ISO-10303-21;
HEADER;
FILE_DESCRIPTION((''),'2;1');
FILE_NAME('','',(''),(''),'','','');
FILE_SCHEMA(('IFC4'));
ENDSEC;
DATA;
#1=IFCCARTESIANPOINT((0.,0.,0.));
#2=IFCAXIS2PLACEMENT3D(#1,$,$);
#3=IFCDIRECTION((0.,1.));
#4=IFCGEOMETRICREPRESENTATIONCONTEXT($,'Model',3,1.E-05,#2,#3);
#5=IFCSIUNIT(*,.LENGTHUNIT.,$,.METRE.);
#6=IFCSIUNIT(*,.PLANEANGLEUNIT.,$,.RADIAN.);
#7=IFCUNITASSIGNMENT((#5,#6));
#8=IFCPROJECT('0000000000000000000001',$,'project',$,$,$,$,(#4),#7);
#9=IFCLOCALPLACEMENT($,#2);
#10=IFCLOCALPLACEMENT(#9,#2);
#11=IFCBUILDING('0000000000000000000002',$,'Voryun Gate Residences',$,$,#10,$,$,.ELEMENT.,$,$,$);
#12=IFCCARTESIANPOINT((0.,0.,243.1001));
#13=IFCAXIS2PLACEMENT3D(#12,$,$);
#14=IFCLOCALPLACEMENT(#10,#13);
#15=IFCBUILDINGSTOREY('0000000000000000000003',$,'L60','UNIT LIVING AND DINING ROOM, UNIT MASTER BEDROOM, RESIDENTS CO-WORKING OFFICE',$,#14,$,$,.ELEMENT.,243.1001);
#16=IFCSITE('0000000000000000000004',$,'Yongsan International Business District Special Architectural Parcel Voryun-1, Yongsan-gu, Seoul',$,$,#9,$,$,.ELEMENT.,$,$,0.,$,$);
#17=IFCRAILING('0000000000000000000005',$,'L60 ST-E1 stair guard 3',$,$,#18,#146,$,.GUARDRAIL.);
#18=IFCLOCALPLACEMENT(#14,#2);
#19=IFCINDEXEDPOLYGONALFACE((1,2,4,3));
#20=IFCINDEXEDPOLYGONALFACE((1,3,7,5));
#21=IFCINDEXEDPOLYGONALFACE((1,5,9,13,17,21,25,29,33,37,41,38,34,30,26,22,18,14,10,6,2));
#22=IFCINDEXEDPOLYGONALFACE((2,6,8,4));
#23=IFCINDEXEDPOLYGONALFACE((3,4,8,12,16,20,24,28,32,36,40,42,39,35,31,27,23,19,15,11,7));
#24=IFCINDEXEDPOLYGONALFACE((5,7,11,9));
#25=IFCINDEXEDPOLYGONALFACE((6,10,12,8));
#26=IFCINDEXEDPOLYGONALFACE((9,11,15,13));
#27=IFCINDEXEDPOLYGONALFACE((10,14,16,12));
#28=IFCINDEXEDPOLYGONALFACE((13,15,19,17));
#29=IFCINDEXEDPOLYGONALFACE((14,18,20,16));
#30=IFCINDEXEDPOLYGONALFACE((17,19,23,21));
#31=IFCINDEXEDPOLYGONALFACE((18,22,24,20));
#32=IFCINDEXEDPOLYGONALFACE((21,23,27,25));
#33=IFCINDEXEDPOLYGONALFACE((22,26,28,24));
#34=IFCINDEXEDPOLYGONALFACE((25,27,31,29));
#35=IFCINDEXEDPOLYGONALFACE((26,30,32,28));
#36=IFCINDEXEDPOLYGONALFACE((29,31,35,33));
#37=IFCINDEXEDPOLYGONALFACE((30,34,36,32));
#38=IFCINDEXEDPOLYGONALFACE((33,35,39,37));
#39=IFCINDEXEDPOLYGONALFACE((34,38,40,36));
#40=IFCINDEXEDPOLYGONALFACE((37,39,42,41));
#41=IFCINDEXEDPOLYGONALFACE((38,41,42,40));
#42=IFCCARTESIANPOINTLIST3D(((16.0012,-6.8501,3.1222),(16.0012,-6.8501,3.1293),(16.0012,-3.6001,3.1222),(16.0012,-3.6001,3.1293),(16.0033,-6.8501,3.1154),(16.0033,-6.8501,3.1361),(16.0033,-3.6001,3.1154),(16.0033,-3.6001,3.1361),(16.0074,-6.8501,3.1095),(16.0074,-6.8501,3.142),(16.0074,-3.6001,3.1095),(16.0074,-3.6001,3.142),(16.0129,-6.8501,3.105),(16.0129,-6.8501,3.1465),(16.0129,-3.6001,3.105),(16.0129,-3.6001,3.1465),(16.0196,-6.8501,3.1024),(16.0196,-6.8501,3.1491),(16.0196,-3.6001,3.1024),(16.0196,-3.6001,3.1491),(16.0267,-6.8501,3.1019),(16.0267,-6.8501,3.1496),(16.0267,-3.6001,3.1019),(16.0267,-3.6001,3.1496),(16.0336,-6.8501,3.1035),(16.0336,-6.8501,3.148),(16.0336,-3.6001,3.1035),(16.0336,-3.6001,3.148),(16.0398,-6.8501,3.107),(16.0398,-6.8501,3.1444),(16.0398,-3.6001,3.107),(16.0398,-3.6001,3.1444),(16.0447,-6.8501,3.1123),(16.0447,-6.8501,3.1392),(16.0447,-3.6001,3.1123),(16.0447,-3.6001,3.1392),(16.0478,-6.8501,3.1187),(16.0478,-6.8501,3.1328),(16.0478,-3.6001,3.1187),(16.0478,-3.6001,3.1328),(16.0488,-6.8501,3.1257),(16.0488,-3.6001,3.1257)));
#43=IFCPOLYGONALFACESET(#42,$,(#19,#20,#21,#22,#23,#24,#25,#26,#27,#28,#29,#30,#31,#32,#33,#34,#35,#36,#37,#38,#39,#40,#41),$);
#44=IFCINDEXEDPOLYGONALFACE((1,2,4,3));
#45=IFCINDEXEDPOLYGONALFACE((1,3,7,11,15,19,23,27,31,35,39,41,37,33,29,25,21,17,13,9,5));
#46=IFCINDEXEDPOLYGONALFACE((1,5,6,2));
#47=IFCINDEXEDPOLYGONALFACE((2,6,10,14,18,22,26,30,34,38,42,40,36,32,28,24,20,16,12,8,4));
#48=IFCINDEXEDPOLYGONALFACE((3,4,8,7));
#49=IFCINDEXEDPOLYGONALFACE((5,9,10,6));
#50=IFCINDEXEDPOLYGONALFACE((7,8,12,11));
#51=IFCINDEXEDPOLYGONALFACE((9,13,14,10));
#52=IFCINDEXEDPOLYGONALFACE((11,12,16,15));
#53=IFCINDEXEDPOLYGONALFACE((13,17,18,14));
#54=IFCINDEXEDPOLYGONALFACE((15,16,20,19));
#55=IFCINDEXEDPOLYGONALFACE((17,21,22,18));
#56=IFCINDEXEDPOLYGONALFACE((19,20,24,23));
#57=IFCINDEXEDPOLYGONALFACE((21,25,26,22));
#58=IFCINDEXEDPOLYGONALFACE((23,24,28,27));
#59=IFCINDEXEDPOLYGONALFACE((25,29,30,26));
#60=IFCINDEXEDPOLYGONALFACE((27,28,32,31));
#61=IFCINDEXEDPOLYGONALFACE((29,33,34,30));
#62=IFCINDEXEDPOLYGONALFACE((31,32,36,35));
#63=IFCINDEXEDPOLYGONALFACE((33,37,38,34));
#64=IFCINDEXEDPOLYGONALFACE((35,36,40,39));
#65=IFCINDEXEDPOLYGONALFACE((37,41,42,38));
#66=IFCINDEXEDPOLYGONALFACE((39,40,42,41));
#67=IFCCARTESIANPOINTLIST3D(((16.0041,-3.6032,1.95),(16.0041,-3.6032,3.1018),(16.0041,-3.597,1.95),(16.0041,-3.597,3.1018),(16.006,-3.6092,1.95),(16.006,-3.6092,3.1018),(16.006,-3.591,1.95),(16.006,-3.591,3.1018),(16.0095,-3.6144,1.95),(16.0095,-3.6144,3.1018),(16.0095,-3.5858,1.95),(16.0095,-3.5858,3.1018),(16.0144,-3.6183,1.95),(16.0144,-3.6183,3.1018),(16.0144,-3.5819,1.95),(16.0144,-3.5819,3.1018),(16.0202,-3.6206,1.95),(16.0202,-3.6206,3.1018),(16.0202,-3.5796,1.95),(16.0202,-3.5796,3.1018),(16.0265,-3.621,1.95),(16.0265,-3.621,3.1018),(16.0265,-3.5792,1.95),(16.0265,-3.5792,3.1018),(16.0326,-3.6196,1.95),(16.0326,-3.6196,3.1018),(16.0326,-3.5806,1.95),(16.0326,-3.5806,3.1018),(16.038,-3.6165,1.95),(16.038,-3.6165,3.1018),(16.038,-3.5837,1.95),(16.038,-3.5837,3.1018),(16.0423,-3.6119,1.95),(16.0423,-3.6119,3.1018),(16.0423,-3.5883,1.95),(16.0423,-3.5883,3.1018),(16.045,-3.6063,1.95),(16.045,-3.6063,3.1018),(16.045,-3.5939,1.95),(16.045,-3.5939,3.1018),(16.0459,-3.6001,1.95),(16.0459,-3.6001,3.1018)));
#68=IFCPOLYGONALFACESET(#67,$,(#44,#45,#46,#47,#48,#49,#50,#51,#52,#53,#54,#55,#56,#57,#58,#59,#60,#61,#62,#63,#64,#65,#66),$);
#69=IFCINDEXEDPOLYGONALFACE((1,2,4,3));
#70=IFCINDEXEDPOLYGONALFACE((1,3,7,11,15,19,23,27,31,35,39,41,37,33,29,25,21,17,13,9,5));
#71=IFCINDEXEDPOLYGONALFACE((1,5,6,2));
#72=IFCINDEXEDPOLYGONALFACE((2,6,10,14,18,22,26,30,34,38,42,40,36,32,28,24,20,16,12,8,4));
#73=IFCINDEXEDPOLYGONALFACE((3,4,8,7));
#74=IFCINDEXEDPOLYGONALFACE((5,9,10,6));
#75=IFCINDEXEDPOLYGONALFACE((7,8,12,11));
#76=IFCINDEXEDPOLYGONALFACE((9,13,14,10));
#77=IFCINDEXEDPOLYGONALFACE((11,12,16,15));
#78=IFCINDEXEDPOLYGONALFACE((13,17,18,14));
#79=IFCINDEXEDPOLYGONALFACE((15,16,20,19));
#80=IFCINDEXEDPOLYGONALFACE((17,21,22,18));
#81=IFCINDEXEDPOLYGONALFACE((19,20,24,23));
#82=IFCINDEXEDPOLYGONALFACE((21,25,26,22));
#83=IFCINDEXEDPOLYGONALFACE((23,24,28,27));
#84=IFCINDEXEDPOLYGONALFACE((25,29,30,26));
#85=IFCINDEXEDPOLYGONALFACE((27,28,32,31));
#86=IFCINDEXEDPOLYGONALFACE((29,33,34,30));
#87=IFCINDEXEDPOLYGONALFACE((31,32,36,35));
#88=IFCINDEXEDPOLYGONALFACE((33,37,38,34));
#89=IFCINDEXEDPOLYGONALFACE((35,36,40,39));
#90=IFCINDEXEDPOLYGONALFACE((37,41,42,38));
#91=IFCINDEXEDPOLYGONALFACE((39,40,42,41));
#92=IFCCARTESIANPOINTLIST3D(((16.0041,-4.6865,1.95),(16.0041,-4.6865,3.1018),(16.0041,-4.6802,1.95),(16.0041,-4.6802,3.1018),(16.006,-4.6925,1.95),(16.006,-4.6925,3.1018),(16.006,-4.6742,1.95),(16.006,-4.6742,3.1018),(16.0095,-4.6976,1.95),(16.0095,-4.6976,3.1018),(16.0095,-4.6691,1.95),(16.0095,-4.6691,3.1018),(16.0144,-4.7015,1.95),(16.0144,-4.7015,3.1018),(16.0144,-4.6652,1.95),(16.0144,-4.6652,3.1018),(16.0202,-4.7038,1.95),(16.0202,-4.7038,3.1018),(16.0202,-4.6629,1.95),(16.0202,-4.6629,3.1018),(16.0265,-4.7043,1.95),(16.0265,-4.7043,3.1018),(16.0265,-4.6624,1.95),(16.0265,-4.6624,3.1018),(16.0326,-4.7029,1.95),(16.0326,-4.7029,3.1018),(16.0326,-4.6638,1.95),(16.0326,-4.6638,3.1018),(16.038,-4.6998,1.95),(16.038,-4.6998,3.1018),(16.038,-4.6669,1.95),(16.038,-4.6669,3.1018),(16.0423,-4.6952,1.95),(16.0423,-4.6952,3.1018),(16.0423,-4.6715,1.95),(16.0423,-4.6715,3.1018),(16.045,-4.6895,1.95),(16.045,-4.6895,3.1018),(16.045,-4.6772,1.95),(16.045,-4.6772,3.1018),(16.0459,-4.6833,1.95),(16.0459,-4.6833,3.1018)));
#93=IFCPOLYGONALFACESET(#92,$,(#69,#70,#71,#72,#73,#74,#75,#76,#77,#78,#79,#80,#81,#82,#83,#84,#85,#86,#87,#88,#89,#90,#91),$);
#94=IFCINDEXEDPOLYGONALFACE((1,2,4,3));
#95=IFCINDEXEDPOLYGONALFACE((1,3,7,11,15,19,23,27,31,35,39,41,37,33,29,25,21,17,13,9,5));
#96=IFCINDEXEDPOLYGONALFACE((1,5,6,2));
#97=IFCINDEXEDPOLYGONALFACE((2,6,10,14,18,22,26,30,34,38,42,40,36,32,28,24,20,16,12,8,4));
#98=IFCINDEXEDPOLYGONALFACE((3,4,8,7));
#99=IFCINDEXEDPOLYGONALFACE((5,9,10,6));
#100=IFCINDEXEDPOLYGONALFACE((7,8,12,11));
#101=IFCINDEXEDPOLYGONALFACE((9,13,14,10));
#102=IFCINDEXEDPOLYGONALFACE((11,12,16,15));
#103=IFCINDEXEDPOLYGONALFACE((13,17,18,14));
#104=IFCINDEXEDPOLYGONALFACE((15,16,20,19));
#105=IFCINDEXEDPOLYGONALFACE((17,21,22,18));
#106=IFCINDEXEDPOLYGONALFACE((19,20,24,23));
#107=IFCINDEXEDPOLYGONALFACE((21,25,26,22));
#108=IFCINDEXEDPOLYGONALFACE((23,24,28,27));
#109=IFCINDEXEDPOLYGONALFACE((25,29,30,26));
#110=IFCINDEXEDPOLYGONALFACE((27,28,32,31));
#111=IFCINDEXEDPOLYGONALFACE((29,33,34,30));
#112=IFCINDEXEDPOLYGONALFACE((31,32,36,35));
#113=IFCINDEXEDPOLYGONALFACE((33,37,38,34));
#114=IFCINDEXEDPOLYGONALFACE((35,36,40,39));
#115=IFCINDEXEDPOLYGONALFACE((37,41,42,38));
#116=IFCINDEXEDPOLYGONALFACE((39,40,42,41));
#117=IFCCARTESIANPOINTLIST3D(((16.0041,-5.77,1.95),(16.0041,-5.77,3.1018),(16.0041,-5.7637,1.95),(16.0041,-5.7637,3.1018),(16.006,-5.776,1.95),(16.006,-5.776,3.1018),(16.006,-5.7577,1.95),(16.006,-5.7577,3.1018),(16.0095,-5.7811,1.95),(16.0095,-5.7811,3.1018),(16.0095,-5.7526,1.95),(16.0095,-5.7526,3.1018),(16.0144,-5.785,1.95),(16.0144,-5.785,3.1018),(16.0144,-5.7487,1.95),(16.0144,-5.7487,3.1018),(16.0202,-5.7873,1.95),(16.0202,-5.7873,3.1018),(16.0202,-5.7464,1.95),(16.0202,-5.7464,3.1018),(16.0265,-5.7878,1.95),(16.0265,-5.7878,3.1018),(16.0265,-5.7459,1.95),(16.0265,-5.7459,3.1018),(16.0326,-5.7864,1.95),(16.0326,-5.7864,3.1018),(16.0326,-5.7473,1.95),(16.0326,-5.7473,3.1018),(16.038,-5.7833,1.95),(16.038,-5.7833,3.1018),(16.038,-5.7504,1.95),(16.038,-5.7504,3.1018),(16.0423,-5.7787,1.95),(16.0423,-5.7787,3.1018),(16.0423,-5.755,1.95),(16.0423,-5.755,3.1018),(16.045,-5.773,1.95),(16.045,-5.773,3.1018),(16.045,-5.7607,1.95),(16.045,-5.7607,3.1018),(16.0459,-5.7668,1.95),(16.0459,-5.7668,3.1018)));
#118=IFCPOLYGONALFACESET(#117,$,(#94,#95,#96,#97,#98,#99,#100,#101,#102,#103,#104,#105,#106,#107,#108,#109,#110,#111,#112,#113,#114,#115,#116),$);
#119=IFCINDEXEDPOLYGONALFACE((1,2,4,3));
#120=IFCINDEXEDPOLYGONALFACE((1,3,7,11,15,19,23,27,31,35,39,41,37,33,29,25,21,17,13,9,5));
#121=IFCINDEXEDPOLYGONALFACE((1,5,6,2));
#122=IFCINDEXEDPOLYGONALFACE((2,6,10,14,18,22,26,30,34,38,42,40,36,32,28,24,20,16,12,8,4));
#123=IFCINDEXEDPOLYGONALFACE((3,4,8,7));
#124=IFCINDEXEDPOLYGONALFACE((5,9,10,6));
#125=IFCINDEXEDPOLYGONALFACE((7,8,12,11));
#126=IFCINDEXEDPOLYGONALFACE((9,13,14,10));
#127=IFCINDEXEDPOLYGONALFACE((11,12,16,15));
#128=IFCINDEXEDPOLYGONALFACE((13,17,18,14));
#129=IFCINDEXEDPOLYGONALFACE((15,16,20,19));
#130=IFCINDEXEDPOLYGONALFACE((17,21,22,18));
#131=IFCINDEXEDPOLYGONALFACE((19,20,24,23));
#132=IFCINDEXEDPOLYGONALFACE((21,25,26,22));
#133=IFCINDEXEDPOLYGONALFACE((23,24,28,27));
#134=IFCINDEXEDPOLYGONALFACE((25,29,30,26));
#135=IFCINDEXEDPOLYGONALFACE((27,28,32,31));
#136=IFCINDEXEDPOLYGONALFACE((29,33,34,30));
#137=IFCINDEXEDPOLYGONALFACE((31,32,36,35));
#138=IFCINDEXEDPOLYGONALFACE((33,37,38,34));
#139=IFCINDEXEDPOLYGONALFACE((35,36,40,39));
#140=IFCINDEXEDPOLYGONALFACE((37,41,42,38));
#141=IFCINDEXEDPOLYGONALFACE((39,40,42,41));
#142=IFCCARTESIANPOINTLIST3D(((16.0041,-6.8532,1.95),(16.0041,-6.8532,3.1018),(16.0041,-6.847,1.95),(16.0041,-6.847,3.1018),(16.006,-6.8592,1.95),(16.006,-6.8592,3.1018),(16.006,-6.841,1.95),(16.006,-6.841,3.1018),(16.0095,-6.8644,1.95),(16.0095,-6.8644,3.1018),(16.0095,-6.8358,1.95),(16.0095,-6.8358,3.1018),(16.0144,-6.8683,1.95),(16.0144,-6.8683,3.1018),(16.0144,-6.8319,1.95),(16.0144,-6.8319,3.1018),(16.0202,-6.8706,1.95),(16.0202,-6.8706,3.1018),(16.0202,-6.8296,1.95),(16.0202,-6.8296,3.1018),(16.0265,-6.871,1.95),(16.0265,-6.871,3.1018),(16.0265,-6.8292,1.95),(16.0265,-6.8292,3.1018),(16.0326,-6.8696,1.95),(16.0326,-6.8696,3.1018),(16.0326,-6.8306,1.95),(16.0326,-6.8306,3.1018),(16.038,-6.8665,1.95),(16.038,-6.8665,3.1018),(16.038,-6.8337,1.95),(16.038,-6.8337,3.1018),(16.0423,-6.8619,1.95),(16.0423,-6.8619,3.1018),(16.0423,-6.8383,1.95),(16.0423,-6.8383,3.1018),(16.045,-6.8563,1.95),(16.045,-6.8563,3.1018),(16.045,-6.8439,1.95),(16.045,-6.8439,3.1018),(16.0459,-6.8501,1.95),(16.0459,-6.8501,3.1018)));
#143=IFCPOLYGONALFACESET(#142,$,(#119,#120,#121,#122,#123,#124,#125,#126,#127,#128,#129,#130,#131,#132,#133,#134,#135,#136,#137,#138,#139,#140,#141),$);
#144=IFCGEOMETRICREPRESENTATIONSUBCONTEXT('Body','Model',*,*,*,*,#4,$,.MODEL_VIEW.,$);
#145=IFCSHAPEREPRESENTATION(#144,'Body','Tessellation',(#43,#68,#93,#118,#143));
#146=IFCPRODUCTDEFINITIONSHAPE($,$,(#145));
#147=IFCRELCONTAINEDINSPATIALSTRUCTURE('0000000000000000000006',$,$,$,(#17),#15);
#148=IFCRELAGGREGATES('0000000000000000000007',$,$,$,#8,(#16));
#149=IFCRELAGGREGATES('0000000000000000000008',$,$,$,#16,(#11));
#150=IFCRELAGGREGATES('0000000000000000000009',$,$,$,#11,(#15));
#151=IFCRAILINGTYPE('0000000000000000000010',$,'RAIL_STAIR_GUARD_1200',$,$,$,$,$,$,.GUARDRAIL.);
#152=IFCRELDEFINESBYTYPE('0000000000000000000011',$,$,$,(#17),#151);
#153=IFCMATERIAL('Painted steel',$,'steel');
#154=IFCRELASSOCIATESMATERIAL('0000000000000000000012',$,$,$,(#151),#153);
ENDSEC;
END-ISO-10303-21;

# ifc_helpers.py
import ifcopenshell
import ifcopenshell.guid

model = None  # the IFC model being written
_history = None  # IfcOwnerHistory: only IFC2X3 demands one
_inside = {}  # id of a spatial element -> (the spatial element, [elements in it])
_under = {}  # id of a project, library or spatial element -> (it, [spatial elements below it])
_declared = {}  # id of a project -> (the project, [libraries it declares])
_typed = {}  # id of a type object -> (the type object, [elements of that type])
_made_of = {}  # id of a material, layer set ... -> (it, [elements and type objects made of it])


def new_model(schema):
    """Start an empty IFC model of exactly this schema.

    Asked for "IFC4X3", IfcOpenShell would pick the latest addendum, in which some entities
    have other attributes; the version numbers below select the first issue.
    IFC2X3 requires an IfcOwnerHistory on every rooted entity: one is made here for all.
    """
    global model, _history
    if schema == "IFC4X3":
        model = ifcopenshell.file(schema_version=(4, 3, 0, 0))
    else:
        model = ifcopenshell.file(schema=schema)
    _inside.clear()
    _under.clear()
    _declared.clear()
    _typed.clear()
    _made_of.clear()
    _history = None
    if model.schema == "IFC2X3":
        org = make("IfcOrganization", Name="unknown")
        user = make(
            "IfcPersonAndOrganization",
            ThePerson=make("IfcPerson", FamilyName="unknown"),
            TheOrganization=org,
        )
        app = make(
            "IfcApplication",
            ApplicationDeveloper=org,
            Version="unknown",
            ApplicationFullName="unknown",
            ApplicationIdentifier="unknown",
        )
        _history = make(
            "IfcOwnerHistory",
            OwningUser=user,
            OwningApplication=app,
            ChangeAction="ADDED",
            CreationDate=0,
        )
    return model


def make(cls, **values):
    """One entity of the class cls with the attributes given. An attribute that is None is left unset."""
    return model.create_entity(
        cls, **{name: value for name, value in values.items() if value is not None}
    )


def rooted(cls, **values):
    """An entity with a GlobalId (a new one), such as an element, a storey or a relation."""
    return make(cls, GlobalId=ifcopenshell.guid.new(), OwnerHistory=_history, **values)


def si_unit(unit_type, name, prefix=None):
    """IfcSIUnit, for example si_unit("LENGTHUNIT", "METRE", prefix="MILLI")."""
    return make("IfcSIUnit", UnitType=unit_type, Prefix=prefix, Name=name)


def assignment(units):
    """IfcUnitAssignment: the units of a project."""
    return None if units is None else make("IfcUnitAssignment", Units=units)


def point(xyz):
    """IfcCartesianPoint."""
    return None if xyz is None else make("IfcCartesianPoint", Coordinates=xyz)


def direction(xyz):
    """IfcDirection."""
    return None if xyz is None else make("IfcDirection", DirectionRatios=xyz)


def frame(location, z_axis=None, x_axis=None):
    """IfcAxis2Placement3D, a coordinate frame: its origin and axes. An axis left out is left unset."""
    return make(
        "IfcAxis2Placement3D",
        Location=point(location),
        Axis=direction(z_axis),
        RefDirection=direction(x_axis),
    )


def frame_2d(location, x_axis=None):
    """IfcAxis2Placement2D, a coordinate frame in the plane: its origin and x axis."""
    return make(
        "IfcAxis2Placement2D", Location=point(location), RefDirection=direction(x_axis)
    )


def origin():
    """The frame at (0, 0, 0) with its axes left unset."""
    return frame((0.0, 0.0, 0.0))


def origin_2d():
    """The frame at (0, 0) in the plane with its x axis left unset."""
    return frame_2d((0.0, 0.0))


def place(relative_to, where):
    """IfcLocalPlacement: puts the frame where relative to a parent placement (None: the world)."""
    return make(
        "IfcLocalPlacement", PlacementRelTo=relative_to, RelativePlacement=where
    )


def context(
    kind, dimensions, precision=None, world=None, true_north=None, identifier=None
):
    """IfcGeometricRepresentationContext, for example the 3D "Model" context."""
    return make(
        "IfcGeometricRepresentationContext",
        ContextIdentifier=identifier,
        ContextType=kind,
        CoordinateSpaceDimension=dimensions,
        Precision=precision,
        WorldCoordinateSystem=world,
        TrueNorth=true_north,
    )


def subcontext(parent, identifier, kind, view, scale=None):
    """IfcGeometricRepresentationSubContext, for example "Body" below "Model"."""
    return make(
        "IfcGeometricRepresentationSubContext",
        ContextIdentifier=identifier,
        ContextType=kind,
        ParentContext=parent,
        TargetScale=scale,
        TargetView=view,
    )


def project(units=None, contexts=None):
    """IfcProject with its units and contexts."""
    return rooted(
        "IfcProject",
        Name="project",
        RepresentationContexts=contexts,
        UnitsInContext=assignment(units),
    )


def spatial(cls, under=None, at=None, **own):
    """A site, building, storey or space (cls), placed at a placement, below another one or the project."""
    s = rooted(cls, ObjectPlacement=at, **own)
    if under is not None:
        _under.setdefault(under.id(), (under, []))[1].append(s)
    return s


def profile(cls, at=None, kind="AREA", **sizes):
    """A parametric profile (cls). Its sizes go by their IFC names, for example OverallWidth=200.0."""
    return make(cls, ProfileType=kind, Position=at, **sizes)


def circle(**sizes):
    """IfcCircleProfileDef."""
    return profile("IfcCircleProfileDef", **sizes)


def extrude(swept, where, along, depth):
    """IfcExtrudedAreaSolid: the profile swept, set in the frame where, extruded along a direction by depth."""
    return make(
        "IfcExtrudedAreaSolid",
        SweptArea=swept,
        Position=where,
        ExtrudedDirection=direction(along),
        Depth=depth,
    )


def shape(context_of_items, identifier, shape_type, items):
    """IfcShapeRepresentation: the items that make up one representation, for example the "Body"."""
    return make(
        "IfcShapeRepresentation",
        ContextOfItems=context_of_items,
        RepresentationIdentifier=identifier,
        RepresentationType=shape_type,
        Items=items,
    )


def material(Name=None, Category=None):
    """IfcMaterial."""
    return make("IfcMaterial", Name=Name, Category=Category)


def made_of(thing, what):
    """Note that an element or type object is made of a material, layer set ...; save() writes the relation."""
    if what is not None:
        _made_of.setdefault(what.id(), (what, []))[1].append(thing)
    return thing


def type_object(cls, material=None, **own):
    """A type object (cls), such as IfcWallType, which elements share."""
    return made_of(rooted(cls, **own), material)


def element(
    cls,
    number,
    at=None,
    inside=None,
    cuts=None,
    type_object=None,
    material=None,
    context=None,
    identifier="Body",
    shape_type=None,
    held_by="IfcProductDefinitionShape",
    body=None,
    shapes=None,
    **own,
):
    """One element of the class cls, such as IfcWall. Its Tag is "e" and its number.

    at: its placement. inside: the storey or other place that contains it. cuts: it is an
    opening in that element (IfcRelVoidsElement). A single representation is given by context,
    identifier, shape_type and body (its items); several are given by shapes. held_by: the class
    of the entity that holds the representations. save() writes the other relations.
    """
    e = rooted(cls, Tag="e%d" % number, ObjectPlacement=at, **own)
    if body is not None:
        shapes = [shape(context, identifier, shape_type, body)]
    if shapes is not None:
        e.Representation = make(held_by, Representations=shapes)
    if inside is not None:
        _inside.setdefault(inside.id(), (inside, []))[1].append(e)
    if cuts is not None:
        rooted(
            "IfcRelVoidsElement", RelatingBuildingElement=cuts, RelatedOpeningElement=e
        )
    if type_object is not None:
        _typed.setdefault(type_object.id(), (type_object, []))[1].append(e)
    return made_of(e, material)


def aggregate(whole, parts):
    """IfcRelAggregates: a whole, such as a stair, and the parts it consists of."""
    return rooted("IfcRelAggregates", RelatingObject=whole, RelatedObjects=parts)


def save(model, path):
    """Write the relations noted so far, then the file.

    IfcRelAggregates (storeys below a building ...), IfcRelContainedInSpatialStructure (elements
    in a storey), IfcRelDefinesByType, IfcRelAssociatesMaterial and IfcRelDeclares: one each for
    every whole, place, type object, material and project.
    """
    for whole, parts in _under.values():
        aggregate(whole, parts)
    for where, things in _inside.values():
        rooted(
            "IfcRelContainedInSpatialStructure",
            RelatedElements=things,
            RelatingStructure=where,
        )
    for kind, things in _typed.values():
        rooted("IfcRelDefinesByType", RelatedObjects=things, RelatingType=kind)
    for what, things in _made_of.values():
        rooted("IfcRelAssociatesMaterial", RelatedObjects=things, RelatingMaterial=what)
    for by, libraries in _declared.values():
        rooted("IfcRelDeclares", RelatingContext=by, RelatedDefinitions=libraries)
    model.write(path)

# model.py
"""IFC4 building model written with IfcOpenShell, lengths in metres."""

from ifc_helpers import new_model, si_unit, direction, frame, origin, origin_2d, place, context, subcontext, project, spatial, circle, extrude, material, type_object, element, save


model = new_model("IFC4")

# Units and contexts
model_context = context("Model", 3, precision=1e-05, world=origin(), true_north=direction((0.0, 1.0)))
body_context = subcontext(model_context, "Body", "Model", "MODEL_VIEW")
ifc_project = project(units=[si_unit("LENGTHUNIT", "METRE"), si_unit("PLANEANGLEUNIT", "RADIAN")], contexts=[model_context])

# Site, building, storey
site_placement = place(None, origin())
site = spatial("IfcSite", under=ifc_project, at=site_placement, Name="Yongsan International Business District Special Architectural Parcel Voryun-1, Yongsan-gu, Seoul", CompositionType="ELEMENT", RefElevation=0.0)
building_placement = place(site_placement, origin())
building = spatial("IfcBuilding", under=site, at=building_placement, Name="Voryun Gate Residences", CompositionType="ELEMENT")
storey_placement = place(building_placement, frame((0.0, 0.0, 243.1001)))
storey = spatial("IfcBuildingStorey", under=building, at=storey_placement, Name="L60", Description="UNIT LIVING AND DINING ROOM, UNIT MASTER BEDROOM, RESIDENTS CO-WORKING OFFICE", CompositionType="ELEMENT", Elevation=243.1001)

# Railing
ifc_material_1 = material(Name="Painted steel", Category="steel")
railing_type = type_object("IfcRailingType", Name="RAIL_STAIR_GUARD_1200", PredefinedType="GUARDRAIL", material=ifc_material_1)
railing_1_placement = place(storey_placement, frame((16.0249, -3.6001, 1.95)))
element("IfcRailing", 1, at=railing_1_placement, inside=storey, type_object=railing_type, Name="L60 ST-E1 stair guard 3", PredefinedType="GUARDRAIL", context=body_context, shape_type="SweptSolid", body=[
    extrude(circle(Radius=0.0239, at=origin_2d()), frame((0.0, 0.0, 1.1758), z_axis=(0.0, -1.0, 0.0), x_axis=(1.0, 0.0, 0.0)), (0.0, 0.0, 1.0), 3.25),
    extrude(circle(Radius=0.021, at=origin_2d()), origin(), (0.0, 0.0, 1.0), 1.1519),
    extrude(circle(Radius=0.021, at=origin_2d()), frame((0.0, -1.0833, 0.0)), (0.0, 0.0, 1.0), 1.1519),
    extrude(circle(Radius=0.021, at=origin_2d()), frame((0.0, -2.1667, 0.0)), (0.0, 0.0, 1.0), 1.1519),
    extrude(circle(Radius=0.021, at=origin_2d()), frame((0.0, -3.25, 0.0)), (0.0, 0.0, 1.0), 1.1519),
])

save(model, "model.ifc")
